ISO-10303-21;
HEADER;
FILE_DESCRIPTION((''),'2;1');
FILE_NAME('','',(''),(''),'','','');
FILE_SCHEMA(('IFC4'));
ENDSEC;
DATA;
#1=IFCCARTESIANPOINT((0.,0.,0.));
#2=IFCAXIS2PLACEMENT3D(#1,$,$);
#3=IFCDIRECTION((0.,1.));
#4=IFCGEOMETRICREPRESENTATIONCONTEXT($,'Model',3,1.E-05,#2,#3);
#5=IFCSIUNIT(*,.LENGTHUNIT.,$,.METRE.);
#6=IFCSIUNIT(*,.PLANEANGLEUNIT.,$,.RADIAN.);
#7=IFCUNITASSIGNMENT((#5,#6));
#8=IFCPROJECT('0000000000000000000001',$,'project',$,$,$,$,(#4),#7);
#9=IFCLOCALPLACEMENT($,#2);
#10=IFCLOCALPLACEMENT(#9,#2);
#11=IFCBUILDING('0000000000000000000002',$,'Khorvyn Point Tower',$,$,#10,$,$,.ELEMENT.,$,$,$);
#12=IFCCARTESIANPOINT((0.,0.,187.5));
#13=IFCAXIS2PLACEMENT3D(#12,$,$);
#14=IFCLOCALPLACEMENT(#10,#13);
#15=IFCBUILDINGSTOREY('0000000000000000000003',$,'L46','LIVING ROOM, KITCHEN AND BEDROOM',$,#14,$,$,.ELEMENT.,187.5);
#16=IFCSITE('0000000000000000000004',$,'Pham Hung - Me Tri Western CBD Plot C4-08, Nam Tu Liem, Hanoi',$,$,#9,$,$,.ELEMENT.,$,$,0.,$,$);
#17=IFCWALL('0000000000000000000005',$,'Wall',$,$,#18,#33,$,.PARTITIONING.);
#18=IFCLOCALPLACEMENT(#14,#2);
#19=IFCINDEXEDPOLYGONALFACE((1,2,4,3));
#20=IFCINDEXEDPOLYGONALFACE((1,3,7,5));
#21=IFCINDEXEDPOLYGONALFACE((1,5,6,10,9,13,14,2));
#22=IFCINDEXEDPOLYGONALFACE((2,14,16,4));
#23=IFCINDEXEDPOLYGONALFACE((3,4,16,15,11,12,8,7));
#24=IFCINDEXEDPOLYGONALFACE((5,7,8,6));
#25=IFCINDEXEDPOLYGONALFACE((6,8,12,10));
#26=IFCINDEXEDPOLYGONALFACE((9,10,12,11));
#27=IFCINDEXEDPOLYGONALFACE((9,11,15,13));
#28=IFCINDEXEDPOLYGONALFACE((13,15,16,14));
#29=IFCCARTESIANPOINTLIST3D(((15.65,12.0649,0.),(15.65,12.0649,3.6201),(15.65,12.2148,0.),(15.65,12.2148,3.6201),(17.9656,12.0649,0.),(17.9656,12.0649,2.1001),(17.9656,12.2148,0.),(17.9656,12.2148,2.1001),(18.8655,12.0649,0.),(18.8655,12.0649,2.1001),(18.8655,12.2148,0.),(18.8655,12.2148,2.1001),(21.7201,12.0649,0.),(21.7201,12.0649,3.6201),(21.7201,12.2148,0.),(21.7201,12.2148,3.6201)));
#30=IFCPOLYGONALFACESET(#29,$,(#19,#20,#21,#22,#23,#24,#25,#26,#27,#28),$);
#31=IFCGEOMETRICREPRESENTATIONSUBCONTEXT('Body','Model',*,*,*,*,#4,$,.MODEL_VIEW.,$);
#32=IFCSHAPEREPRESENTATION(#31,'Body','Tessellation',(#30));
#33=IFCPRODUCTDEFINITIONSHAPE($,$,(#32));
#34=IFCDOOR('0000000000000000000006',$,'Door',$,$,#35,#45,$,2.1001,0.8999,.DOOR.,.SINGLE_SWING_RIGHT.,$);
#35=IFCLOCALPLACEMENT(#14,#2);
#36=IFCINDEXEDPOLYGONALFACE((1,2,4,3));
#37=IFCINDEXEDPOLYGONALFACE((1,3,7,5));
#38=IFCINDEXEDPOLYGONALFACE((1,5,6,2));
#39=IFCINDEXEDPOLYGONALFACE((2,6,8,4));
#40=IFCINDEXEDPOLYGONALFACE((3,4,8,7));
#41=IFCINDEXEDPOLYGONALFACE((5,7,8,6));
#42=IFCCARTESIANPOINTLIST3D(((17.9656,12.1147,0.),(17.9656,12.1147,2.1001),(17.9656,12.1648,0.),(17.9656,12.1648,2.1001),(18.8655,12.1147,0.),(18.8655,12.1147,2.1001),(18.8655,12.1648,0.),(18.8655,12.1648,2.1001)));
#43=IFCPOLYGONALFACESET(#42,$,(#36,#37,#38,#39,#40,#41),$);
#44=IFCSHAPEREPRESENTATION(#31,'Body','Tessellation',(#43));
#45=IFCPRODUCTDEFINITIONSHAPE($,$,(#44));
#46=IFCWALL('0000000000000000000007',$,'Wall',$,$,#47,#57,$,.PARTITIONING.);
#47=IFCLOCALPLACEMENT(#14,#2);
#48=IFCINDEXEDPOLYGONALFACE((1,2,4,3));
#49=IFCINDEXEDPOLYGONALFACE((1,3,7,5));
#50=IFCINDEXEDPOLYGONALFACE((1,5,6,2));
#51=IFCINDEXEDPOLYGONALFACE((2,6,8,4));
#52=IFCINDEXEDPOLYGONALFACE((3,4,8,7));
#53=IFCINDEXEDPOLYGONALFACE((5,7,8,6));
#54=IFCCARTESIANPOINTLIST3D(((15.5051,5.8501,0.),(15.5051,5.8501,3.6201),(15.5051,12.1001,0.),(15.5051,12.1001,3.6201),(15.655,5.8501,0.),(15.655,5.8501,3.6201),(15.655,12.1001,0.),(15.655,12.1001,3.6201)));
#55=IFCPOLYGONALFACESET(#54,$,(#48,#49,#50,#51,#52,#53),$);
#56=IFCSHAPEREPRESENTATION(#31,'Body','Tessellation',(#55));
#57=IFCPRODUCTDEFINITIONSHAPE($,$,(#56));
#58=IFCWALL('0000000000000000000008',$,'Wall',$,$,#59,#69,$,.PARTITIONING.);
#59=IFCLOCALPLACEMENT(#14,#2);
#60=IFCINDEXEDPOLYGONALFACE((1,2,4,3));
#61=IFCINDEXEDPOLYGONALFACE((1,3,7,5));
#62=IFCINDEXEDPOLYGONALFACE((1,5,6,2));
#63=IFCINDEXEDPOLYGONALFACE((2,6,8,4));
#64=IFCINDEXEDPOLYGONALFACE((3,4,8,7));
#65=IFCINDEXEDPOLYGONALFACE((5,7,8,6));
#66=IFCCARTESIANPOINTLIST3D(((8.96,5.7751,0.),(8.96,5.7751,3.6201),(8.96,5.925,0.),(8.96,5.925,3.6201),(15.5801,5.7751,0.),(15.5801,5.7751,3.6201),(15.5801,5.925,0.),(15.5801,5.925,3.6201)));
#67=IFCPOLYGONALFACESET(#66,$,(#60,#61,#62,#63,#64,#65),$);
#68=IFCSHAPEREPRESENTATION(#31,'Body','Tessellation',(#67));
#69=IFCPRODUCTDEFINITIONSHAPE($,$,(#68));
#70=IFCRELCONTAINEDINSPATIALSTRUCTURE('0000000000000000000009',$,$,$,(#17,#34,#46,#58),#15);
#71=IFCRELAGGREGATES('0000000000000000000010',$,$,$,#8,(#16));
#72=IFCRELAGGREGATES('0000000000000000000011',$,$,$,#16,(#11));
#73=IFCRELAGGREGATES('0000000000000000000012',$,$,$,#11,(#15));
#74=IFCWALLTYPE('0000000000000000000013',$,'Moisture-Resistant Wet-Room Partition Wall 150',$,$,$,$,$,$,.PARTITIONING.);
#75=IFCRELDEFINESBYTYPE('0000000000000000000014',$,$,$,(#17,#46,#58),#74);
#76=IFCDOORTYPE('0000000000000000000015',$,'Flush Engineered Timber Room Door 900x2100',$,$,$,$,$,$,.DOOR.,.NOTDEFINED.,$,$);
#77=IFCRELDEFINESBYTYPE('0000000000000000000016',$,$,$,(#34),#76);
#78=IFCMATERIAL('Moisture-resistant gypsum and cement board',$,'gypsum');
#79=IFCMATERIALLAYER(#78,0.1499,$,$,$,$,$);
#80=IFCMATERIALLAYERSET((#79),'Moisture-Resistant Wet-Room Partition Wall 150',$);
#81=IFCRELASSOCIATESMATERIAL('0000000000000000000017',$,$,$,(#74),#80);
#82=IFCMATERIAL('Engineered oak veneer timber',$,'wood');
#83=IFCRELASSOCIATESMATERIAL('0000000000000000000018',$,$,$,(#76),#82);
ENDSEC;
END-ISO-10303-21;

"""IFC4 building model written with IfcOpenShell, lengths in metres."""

from ifc_helpers import new_model, si_unit, direction, frame, frame_2d, origin, place, context, subcontext, project, spatial, rectangle, extrude, material, layer, layer_set, type_object, element, fill, save


model = new_model("IFC4")

# Units and contexts
model_context = context("Model", 3, precision=1e-05, world=origin(), true_north=direction((0.0, 1.0)))
body_context = subcontext(model_context, "Body", "Model", "MODEL_VIEW")
ifc_project = project(units=[si_unit("LENGTHUNIT", "METRE"), si_unit("PLANEANGLEUNIT", "RADIAN")], contexts=[model_context])

# Site, building, storey
site_placement = place(None, origin())
site = spatial("IfcSite", under=ifc_project, at=site_placement, Name="Pham Hung - Me Tri Western CBD Plot C4-08, Nam Tu Liem, Hanoi", CompositionType="ELEMENT", RefElevation=0.0)
building_placement = place(site_placement, origin())
building = spatial("IfcBuilding", under=site, at=building_placement, Name="Khorvyn Point Tower", CompositionType="ELEMENT")
storey_placement = place(building_placement, frame((0.0, 0.0, 187.5)))
storey = spatial("IfcBuildingStorey", under=building, at=storey_placement, Name="L46", Description="LIVING ROOM, KITCHEN AND BEDROOM", CompositionType="ELEMENT", Elevation=187.5)

# Wall, opening, door
ifc_material_1 = material(Name="Moisture-resistant gypsum and cement board", Category="gypsum")
ifc_layer_1 = layer(ifc_material_1, 0.1499)
ifc_layer_set_1 = layer_set([ifc_layer_1], Name="Moisture-Resistant Wet-Room Partition Wall 150")
wall_type_1 = type_object("IfcWallType", Name="Moisture-Resistant Wet-Room Partition Wall 150", PredefinedType="PARTITIONING", material=ifc_layer_set_1)
ifc_material_2 = material(Name="Engineered oak veneer timber", Category="wood")
door_type_1 = type_object("IfcDoorType", Name="Flush Engineered Timber Room Door 900x2100", OperationType="NOTDEFINED", PredefinedType="DOOR", material=ifc_material_2)
wall_1_placement = place(storey_placement, frame((15.6499, 12.1399, 0.0), z_axis=(0.0, 0.0, 1.0), x_axis=(1.0, 0.0, 0.0)))
wall_1 = element("IfcWall", 1, at=wall_1_placement, inside=storey, type_object=wall_type_1, Name="Wall", PredefinedType="PARTITIONING", context=body_context, shape_type="SweptSolid", body=[
    extrude(rectangle(XDim=6.0701, YDim=0.1499, at=frame_2d((3.0352, 0.0))), origin(), (0.0, 0.0, 1.0), 3.6201),
])
opening_1_placement = place(wall_1_placement, frame((2.3157, 0.0, 0.0)))
opening_1 = element("IfcOpeningElement", 2, at=opening_1_placement, cuts=wall_1, PredefinedType="OPENING", context=body_context, shape_type="SweptSolid", body=[
    extrude(rectangle(XDim=0.8999, YDim=2.1001, at=frame_2d((0.45, 1.05))), frame((0.0, 0.085, 0.0), z_axis=(0.0, -1.0, 0.0), x_axis=(1.0, 0.0, 0.0)), (0.0, 0.0, 1.0), 0.1699),
])
door_1_placement = place(opening_1_placement, origin())
door_1 = element("IfcDoor", 3, at=door_1_placement, inside=storey, type_object=door_type_1, Name="Door", OperationType="SINGLE_SWING_RIGHT", OverallHeight=2.1001, OverallWidth=0.8999, PredefinedType="DOOR", context=body_context, shape_type="SweptSolid", body=[
    extrude(rectangle(XDim=0.8999, YDim=2.1001, at=frame_2d((0.45, 1.05))), frame((0.0, 0.0249, 0.0), z_axis=(0.0, -1.0, 0.0), x_axis=(1.0, 0.0, 0.0)), (0.0, 0.0, 1.0), 0.05),
])
fill(opening_1, door_1)

# Walls
wall_2_placement = place(storey_placement, frame((15.5801, 5.8501, 0.0), z_axis=(0.0, 0.0, 1.0), x_axis=(0.0, 1.0, 0.0)))
element("IfcWall", 4, at=wall_2_placement, inside=storey, type_object=wall_type_1, Name="Wall", PredefinedType="PARTITIONING", context=body_context, shape_type="SweptSolid", body=[
    extrude(rectangle(XDim=6.25, YDim=0.1499, at=frame_2d((3.125, 0.0))), origin(), (0.0, 0.0, 1.0), 3.6201),
])
wall_3_placement = place(storey_placement, frame((8.96, 5.8501, 0.0), z_axis=(0.0, 0.0, 1.0), x_axis=(1.0, 0.0, 0.0)))
element("IfcWall", 5, at=wall_3_placement, inside=storey, type_object=wall_type_1, Name="Wall", PredefinedType="PARTITIONING", context=body_context, shape_type="SweptSolid", body=[
    extrude(rectangle(XDim=6.6201, YDim=0.1499, at=frame_2d((3.3101, 0.0))), origin(), (0.0, 0.0, 1.0), 3.6201),
])

save(model, "model.ifc")
